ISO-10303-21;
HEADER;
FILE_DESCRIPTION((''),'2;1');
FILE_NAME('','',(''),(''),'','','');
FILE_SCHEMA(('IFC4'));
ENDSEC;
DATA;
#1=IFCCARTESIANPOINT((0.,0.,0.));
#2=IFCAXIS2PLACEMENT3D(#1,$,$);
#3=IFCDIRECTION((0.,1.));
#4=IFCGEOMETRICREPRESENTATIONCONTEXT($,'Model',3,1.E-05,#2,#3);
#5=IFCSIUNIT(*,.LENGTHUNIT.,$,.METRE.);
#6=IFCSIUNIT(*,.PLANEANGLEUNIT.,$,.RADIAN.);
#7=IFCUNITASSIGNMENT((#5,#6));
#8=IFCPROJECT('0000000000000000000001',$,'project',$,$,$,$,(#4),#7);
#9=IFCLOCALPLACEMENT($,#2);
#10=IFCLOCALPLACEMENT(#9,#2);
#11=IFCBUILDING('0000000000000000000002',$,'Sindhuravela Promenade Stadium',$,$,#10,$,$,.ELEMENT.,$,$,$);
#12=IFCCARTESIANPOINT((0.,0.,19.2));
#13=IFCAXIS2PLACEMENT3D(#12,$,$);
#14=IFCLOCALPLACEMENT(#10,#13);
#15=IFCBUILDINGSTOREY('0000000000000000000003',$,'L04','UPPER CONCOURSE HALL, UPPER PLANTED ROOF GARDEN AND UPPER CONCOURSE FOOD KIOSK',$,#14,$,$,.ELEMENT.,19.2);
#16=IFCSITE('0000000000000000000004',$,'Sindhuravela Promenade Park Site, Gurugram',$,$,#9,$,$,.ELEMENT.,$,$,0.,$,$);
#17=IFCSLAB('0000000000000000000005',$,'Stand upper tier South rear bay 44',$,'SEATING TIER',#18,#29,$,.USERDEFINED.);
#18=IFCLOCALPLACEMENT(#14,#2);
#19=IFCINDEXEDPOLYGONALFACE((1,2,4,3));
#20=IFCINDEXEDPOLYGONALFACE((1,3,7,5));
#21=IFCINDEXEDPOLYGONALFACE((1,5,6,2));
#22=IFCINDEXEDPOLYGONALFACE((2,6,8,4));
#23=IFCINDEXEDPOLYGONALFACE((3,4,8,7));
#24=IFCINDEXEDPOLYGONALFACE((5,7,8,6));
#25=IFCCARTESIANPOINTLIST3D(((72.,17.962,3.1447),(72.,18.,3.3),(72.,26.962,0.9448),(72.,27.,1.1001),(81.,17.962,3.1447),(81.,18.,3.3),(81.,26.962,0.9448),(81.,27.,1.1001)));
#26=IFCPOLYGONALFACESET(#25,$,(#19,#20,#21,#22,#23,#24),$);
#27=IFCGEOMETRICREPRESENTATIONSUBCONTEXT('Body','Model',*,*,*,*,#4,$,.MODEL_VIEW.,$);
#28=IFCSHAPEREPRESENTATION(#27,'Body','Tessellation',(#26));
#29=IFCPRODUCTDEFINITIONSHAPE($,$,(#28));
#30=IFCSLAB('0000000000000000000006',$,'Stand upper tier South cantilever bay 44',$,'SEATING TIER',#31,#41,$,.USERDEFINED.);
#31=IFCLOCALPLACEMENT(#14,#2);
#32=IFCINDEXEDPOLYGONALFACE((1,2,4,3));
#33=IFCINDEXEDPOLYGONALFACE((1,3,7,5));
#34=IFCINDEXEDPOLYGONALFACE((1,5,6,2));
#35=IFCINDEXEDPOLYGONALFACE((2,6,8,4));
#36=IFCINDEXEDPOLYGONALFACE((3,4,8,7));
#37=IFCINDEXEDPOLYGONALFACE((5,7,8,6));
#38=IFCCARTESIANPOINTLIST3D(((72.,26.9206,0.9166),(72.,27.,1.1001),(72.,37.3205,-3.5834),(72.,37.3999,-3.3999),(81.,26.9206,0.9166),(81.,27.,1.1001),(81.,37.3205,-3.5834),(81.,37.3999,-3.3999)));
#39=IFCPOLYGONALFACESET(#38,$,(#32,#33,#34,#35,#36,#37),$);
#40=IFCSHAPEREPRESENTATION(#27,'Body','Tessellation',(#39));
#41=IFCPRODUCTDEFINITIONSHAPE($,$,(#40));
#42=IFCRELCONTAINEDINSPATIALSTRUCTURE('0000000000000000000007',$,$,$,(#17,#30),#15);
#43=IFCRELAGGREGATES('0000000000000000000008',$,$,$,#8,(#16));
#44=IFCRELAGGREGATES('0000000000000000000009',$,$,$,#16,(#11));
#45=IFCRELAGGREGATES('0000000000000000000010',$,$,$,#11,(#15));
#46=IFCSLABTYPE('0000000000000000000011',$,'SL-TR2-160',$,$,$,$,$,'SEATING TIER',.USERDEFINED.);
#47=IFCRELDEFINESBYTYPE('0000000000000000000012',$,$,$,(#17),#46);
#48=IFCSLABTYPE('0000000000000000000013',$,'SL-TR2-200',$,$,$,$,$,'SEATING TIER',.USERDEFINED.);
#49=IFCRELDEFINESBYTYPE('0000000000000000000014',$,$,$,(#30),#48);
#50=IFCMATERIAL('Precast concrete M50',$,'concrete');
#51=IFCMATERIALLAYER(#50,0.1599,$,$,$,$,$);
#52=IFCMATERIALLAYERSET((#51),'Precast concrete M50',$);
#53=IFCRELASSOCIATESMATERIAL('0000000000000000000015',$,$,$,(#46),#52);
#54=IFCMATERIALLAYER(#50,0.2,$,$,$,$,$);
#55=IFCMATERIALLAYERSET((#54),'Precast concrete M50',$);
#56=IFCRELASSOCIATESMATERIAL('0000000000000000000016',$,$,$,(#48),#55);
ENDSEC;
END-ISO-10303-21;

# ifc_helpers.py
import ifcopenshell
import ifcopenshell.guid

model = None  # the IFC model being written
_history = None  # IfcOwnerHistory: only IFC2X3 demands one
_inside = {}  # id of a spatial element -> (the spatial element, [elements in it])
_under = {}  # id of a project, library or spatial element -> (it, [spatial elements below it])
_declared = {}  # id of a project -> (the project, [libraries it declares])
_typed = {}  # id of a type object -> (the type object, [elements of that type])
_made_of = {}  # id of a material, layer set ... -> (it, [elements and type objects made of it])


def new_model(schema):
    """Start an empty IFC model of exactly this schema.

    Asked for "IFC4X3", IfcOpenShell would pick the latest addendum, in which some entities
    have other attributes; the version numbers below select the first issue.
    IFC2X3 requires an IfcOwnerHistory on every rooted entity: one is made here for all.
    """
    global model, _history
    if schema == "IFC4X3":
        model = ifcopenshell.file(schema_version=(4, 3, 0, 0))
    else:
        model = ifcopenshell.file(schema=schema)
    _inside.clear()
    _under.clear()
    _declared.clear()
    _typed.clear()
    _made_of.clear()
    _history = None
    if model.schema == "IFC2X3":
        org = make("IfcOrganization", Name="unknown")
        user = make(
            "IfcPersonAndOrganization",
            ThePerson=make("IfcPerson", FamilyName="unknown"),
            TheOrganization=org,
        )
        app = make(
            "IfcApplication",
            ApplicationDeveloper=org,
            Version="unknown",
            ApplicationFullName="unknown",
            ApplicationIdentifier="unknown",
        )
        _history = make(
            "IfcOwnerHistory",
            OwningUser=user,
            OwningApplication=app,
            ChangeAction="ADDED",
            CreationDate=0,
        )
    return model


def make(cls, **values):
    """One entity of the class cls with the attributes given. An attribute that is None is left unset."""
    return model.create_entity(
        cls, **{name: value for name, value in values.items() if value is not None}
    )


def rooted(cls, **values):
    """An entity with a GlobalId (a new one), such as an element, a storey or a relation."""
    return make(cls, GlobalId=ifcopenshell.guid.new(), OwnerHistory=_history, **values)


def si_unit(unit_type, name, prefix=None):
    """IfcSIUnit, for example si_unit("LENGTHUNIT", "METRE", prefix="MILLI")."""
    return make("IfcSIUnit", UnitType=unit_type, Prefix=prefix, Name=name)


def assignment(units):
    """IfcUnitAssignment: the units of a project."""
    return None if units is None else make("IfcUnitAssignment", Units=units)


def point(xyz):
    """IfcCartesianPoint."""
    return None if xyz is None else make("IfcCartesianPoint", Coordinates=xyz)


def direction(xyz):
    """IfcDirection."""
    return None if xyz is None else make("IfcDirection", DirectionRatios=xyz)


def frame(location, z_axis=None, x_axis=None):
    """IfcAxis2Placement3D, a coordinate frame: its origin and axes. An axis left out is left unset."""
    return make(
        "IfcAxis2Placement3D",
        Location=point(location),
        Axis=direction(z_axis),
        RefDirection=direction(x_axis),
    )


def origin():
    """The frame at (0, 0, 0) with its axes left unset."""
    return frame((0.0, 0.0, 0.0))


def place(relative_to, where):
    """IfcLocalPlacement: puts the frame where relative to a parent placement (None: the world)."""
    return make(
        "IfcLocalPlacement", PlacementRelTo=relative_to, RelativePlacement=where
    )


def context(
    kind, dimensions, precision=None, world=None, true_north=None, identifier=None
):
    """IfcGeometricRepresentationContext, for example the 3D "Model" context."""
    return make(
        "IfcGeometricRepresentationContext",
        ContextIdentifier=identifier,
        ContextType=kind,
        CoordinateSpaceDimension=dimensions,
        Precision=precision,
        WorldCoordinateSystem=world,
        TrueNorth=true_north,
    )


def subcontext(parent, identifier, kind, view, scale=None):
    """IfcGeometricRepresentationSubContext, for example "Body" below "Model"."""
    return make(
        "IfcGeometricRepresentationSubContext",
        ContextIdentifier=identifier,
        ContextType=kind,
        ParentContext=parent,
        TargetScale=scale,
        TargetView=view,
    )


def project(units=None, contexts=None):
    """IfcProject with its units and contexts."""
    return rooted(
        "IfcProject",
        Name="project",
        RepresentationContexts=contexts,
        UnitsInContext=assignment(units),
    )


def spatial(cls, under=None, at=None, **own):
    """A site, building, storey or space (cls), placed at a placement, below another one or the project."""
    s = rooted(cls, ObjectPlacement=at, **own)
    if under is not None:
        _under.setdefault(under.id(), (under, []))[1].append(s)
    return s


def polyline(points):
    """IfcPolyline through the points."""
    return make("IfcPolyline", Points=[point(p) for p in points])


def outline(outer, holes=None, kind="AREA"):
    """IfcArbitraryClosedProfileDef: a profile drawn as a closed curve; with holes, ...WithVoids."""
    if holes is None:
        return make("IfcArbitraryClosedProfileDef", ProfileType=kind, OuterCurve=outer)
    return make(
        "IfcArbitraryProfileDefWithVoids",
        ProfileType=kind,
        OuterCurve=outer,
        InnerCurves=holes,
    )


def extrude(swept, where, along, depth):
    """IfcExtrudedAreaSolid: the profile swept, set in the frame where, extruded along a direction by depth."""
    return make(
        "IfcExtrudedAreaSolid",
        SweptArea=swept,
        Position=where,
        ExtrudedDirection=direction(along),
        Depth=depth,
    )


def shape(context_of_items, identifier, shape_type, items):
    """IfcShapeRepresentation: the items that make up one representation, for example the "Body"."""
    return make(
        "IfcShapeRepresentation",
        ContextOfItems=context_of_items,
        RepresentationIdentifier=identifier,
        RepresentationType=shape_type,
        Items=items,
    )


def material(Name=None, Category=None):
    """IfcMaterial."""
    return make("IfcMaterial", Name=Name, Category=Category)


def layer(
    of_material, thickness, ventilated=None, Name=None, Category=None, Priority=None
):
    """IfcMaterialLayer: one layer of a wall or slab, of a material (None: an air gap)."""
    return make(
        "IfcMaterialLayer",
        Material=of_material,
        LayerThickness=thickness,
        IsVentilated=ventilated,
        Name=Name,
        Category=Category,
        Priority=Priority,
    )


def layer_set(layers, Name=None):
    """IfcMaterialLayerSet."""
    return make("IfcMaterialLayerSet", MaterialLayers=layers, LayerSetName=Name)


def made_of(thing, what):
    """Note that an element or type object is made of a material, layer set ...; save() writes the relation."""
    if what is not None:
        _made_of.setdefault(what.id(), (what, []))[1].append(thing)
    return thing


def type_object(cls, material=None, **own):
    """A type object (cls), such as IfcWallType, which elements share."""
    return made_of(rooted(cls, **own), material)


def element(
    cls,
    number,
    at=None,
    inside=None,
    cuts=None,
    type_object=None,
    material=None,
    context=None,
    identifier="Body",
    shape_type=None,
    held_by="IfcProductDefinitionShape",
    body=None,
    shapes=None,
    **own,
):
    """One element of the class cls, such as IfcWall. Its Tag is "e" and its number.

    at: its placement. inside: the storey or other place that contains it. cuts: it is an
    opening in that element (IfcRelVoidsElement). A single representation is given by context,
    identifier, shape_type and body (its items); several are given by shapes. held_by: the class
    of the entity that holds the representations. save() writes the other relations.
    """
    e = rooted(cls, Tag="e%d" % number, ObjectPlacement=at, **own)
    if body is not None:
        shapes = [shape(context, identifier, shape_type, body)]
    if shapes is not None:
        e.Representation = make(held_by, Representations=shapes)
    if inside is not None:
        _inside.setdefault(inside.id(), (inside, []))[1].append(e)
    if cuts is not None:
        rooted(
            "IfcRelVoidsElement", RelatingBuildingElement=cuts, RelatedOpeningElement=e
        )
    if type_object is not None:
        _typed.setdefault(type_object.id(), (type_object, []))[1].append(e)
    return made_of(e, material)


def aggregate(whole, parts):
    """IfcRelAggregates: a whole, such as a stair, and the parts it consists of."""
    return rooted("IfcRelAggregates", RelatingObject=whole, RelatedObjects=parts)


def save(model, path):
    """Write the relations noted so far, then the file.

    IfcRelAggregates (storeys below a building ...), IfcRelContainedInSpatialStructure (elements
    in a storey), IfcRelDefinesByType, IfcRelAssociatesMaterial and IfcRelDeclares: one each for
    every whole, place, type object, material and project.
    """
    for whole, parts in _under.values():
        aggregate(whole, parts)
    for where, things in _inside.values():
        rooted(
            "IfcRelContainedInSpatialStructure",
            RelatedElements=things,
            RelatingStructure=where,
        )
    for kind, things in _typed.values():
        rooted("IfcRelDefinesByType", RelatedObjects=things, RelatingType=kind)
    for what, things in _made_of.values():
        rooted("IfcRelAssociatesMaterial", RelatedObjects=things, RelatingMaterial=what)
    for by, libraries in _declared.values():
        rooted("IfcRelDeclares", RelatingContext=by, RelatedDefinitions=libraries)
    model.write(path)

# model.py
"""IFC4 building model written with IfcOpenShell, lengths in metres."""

from ifc_helpers import new_model, si_unit, direction, frame, origin, place, context, subcontext, project, spatial, polyline, outline, extrude, material, layer, layer_set, type_object, element, save


model = new_model("IFC4")

# Units and contexts
model_context = context("Model", 3, precision=1e-05, world=origin(), true_north=direction((0.0, 1.0)))
body_context = subcontext(model_context, "Body", "Model", "MODEL_VIEW")
ifc_project = project(units=[si_unit("LENGTHUNIT", "METRE"), si_unit("PLANEANGLEUNIT", "RADIAN")], contexts=[model_context])

# Site, building, storey
site_placement = place(None, origin())
site = spatial("IfcSite", under=ifc_project, at=site_placement, Name="Sindhuravela Promenade Park Site, Gurugram", CompositionType="ELEMENT", RefElevation=0.0)
building_placement = place(site_placement, origin())
building = spatial("IfcBuilding", under=site, at=building_placement, Name="Sindhuravela Promenade Stadium", CompositionType="ELEMENT")
storey_placement = place(building_placement, frame((0.0, 0.0, 19.2)))
storey = spatial("IfcBuildingStorey", under=building, at=storey_placement, Name="L04", Description="UPPER CONCOURSE HALL, UPPER PLANTED ROOF GARDEN AND UPPER CONCOURSE FOOD KIOSK", CompositionType="ELEMENT", Elevation=19.2)

# Slabs
ifc_material_1 = material(Name="Precast concrete M50", Category="concrete")
ifc_layer_1 = layer(ifc_material_1, 0.1599)
ifc_layer_set_1 = layer_set([ifc_layer_1], Name="Precast concrete M50")
slab_type_1 = type_object("IfcSlabType", Name="SL-TR2-160", ElementType="SEATING TIER", PredefinedType="USERDEFINED", material=ifc_layer_set_1)
slab_1_placement = place(storey_placement, frame((81.0, 27.0, 1.1001), z_axis=(0.0, 0.237448, 0.9714), x_axis=(-1.0, 0.0, 0.0)))
element("IfcSlab", 1, at=slab_1_placement, inside=storey, type_object=slab_type_1, Name="Stand upper tier South rear bay 44", ObjectType="SEATING TIER", PredefinedType="USERDEFINED", context=body_context, shape_type="SweptSolid", body=[
    extrude(outline(polyline([(0.0, 0.0), (9.0, 0.0), (9.0, 9.265), (0.0, 9.265), (0.0, 0.0)])), origin(), (0.0, 0.0, -1.0), 0.1599),
])
ifc_layer_2 = layer(ifc_material_1, 0.2)
ifc_layer_set_2 = layer_set([ifc_layer_2], Name="Precast concrete M50")
slab_type_2 = type_object("IfcSlabType", Name="SL-TR2-200", ElementType="SEATING TIER", PredefinedType="USERDEFINED", material=ifc_layer_set_2)
slab_2_placement = place(storey_placement, frame((81.0, 37.3999, -3.3999), z_axis=(0.0, 0.397115, 0.917769), x_axis=(-1.0, 0.0, 0.0)))
element("IfcSlab", 2, at=slab_2_placement, inside=storey, type_object=slab_type_2, Name="Stand upper tier South cantilever bay 44", ObjectType="SEATING TIER", PredefinedType="USERDEFINED", context=body_context, shape_type="SweptSolid", body=[
    extrude(outline(polyline([(0.0, 0.0), (9.0, 0.0), (9.0, 11.3317), (0.0, 11.3317), (0.0, 0.0)])), origin(), (0.0, 0.0, -1.0), 0.2),
])

save(model, "model.ifc")
